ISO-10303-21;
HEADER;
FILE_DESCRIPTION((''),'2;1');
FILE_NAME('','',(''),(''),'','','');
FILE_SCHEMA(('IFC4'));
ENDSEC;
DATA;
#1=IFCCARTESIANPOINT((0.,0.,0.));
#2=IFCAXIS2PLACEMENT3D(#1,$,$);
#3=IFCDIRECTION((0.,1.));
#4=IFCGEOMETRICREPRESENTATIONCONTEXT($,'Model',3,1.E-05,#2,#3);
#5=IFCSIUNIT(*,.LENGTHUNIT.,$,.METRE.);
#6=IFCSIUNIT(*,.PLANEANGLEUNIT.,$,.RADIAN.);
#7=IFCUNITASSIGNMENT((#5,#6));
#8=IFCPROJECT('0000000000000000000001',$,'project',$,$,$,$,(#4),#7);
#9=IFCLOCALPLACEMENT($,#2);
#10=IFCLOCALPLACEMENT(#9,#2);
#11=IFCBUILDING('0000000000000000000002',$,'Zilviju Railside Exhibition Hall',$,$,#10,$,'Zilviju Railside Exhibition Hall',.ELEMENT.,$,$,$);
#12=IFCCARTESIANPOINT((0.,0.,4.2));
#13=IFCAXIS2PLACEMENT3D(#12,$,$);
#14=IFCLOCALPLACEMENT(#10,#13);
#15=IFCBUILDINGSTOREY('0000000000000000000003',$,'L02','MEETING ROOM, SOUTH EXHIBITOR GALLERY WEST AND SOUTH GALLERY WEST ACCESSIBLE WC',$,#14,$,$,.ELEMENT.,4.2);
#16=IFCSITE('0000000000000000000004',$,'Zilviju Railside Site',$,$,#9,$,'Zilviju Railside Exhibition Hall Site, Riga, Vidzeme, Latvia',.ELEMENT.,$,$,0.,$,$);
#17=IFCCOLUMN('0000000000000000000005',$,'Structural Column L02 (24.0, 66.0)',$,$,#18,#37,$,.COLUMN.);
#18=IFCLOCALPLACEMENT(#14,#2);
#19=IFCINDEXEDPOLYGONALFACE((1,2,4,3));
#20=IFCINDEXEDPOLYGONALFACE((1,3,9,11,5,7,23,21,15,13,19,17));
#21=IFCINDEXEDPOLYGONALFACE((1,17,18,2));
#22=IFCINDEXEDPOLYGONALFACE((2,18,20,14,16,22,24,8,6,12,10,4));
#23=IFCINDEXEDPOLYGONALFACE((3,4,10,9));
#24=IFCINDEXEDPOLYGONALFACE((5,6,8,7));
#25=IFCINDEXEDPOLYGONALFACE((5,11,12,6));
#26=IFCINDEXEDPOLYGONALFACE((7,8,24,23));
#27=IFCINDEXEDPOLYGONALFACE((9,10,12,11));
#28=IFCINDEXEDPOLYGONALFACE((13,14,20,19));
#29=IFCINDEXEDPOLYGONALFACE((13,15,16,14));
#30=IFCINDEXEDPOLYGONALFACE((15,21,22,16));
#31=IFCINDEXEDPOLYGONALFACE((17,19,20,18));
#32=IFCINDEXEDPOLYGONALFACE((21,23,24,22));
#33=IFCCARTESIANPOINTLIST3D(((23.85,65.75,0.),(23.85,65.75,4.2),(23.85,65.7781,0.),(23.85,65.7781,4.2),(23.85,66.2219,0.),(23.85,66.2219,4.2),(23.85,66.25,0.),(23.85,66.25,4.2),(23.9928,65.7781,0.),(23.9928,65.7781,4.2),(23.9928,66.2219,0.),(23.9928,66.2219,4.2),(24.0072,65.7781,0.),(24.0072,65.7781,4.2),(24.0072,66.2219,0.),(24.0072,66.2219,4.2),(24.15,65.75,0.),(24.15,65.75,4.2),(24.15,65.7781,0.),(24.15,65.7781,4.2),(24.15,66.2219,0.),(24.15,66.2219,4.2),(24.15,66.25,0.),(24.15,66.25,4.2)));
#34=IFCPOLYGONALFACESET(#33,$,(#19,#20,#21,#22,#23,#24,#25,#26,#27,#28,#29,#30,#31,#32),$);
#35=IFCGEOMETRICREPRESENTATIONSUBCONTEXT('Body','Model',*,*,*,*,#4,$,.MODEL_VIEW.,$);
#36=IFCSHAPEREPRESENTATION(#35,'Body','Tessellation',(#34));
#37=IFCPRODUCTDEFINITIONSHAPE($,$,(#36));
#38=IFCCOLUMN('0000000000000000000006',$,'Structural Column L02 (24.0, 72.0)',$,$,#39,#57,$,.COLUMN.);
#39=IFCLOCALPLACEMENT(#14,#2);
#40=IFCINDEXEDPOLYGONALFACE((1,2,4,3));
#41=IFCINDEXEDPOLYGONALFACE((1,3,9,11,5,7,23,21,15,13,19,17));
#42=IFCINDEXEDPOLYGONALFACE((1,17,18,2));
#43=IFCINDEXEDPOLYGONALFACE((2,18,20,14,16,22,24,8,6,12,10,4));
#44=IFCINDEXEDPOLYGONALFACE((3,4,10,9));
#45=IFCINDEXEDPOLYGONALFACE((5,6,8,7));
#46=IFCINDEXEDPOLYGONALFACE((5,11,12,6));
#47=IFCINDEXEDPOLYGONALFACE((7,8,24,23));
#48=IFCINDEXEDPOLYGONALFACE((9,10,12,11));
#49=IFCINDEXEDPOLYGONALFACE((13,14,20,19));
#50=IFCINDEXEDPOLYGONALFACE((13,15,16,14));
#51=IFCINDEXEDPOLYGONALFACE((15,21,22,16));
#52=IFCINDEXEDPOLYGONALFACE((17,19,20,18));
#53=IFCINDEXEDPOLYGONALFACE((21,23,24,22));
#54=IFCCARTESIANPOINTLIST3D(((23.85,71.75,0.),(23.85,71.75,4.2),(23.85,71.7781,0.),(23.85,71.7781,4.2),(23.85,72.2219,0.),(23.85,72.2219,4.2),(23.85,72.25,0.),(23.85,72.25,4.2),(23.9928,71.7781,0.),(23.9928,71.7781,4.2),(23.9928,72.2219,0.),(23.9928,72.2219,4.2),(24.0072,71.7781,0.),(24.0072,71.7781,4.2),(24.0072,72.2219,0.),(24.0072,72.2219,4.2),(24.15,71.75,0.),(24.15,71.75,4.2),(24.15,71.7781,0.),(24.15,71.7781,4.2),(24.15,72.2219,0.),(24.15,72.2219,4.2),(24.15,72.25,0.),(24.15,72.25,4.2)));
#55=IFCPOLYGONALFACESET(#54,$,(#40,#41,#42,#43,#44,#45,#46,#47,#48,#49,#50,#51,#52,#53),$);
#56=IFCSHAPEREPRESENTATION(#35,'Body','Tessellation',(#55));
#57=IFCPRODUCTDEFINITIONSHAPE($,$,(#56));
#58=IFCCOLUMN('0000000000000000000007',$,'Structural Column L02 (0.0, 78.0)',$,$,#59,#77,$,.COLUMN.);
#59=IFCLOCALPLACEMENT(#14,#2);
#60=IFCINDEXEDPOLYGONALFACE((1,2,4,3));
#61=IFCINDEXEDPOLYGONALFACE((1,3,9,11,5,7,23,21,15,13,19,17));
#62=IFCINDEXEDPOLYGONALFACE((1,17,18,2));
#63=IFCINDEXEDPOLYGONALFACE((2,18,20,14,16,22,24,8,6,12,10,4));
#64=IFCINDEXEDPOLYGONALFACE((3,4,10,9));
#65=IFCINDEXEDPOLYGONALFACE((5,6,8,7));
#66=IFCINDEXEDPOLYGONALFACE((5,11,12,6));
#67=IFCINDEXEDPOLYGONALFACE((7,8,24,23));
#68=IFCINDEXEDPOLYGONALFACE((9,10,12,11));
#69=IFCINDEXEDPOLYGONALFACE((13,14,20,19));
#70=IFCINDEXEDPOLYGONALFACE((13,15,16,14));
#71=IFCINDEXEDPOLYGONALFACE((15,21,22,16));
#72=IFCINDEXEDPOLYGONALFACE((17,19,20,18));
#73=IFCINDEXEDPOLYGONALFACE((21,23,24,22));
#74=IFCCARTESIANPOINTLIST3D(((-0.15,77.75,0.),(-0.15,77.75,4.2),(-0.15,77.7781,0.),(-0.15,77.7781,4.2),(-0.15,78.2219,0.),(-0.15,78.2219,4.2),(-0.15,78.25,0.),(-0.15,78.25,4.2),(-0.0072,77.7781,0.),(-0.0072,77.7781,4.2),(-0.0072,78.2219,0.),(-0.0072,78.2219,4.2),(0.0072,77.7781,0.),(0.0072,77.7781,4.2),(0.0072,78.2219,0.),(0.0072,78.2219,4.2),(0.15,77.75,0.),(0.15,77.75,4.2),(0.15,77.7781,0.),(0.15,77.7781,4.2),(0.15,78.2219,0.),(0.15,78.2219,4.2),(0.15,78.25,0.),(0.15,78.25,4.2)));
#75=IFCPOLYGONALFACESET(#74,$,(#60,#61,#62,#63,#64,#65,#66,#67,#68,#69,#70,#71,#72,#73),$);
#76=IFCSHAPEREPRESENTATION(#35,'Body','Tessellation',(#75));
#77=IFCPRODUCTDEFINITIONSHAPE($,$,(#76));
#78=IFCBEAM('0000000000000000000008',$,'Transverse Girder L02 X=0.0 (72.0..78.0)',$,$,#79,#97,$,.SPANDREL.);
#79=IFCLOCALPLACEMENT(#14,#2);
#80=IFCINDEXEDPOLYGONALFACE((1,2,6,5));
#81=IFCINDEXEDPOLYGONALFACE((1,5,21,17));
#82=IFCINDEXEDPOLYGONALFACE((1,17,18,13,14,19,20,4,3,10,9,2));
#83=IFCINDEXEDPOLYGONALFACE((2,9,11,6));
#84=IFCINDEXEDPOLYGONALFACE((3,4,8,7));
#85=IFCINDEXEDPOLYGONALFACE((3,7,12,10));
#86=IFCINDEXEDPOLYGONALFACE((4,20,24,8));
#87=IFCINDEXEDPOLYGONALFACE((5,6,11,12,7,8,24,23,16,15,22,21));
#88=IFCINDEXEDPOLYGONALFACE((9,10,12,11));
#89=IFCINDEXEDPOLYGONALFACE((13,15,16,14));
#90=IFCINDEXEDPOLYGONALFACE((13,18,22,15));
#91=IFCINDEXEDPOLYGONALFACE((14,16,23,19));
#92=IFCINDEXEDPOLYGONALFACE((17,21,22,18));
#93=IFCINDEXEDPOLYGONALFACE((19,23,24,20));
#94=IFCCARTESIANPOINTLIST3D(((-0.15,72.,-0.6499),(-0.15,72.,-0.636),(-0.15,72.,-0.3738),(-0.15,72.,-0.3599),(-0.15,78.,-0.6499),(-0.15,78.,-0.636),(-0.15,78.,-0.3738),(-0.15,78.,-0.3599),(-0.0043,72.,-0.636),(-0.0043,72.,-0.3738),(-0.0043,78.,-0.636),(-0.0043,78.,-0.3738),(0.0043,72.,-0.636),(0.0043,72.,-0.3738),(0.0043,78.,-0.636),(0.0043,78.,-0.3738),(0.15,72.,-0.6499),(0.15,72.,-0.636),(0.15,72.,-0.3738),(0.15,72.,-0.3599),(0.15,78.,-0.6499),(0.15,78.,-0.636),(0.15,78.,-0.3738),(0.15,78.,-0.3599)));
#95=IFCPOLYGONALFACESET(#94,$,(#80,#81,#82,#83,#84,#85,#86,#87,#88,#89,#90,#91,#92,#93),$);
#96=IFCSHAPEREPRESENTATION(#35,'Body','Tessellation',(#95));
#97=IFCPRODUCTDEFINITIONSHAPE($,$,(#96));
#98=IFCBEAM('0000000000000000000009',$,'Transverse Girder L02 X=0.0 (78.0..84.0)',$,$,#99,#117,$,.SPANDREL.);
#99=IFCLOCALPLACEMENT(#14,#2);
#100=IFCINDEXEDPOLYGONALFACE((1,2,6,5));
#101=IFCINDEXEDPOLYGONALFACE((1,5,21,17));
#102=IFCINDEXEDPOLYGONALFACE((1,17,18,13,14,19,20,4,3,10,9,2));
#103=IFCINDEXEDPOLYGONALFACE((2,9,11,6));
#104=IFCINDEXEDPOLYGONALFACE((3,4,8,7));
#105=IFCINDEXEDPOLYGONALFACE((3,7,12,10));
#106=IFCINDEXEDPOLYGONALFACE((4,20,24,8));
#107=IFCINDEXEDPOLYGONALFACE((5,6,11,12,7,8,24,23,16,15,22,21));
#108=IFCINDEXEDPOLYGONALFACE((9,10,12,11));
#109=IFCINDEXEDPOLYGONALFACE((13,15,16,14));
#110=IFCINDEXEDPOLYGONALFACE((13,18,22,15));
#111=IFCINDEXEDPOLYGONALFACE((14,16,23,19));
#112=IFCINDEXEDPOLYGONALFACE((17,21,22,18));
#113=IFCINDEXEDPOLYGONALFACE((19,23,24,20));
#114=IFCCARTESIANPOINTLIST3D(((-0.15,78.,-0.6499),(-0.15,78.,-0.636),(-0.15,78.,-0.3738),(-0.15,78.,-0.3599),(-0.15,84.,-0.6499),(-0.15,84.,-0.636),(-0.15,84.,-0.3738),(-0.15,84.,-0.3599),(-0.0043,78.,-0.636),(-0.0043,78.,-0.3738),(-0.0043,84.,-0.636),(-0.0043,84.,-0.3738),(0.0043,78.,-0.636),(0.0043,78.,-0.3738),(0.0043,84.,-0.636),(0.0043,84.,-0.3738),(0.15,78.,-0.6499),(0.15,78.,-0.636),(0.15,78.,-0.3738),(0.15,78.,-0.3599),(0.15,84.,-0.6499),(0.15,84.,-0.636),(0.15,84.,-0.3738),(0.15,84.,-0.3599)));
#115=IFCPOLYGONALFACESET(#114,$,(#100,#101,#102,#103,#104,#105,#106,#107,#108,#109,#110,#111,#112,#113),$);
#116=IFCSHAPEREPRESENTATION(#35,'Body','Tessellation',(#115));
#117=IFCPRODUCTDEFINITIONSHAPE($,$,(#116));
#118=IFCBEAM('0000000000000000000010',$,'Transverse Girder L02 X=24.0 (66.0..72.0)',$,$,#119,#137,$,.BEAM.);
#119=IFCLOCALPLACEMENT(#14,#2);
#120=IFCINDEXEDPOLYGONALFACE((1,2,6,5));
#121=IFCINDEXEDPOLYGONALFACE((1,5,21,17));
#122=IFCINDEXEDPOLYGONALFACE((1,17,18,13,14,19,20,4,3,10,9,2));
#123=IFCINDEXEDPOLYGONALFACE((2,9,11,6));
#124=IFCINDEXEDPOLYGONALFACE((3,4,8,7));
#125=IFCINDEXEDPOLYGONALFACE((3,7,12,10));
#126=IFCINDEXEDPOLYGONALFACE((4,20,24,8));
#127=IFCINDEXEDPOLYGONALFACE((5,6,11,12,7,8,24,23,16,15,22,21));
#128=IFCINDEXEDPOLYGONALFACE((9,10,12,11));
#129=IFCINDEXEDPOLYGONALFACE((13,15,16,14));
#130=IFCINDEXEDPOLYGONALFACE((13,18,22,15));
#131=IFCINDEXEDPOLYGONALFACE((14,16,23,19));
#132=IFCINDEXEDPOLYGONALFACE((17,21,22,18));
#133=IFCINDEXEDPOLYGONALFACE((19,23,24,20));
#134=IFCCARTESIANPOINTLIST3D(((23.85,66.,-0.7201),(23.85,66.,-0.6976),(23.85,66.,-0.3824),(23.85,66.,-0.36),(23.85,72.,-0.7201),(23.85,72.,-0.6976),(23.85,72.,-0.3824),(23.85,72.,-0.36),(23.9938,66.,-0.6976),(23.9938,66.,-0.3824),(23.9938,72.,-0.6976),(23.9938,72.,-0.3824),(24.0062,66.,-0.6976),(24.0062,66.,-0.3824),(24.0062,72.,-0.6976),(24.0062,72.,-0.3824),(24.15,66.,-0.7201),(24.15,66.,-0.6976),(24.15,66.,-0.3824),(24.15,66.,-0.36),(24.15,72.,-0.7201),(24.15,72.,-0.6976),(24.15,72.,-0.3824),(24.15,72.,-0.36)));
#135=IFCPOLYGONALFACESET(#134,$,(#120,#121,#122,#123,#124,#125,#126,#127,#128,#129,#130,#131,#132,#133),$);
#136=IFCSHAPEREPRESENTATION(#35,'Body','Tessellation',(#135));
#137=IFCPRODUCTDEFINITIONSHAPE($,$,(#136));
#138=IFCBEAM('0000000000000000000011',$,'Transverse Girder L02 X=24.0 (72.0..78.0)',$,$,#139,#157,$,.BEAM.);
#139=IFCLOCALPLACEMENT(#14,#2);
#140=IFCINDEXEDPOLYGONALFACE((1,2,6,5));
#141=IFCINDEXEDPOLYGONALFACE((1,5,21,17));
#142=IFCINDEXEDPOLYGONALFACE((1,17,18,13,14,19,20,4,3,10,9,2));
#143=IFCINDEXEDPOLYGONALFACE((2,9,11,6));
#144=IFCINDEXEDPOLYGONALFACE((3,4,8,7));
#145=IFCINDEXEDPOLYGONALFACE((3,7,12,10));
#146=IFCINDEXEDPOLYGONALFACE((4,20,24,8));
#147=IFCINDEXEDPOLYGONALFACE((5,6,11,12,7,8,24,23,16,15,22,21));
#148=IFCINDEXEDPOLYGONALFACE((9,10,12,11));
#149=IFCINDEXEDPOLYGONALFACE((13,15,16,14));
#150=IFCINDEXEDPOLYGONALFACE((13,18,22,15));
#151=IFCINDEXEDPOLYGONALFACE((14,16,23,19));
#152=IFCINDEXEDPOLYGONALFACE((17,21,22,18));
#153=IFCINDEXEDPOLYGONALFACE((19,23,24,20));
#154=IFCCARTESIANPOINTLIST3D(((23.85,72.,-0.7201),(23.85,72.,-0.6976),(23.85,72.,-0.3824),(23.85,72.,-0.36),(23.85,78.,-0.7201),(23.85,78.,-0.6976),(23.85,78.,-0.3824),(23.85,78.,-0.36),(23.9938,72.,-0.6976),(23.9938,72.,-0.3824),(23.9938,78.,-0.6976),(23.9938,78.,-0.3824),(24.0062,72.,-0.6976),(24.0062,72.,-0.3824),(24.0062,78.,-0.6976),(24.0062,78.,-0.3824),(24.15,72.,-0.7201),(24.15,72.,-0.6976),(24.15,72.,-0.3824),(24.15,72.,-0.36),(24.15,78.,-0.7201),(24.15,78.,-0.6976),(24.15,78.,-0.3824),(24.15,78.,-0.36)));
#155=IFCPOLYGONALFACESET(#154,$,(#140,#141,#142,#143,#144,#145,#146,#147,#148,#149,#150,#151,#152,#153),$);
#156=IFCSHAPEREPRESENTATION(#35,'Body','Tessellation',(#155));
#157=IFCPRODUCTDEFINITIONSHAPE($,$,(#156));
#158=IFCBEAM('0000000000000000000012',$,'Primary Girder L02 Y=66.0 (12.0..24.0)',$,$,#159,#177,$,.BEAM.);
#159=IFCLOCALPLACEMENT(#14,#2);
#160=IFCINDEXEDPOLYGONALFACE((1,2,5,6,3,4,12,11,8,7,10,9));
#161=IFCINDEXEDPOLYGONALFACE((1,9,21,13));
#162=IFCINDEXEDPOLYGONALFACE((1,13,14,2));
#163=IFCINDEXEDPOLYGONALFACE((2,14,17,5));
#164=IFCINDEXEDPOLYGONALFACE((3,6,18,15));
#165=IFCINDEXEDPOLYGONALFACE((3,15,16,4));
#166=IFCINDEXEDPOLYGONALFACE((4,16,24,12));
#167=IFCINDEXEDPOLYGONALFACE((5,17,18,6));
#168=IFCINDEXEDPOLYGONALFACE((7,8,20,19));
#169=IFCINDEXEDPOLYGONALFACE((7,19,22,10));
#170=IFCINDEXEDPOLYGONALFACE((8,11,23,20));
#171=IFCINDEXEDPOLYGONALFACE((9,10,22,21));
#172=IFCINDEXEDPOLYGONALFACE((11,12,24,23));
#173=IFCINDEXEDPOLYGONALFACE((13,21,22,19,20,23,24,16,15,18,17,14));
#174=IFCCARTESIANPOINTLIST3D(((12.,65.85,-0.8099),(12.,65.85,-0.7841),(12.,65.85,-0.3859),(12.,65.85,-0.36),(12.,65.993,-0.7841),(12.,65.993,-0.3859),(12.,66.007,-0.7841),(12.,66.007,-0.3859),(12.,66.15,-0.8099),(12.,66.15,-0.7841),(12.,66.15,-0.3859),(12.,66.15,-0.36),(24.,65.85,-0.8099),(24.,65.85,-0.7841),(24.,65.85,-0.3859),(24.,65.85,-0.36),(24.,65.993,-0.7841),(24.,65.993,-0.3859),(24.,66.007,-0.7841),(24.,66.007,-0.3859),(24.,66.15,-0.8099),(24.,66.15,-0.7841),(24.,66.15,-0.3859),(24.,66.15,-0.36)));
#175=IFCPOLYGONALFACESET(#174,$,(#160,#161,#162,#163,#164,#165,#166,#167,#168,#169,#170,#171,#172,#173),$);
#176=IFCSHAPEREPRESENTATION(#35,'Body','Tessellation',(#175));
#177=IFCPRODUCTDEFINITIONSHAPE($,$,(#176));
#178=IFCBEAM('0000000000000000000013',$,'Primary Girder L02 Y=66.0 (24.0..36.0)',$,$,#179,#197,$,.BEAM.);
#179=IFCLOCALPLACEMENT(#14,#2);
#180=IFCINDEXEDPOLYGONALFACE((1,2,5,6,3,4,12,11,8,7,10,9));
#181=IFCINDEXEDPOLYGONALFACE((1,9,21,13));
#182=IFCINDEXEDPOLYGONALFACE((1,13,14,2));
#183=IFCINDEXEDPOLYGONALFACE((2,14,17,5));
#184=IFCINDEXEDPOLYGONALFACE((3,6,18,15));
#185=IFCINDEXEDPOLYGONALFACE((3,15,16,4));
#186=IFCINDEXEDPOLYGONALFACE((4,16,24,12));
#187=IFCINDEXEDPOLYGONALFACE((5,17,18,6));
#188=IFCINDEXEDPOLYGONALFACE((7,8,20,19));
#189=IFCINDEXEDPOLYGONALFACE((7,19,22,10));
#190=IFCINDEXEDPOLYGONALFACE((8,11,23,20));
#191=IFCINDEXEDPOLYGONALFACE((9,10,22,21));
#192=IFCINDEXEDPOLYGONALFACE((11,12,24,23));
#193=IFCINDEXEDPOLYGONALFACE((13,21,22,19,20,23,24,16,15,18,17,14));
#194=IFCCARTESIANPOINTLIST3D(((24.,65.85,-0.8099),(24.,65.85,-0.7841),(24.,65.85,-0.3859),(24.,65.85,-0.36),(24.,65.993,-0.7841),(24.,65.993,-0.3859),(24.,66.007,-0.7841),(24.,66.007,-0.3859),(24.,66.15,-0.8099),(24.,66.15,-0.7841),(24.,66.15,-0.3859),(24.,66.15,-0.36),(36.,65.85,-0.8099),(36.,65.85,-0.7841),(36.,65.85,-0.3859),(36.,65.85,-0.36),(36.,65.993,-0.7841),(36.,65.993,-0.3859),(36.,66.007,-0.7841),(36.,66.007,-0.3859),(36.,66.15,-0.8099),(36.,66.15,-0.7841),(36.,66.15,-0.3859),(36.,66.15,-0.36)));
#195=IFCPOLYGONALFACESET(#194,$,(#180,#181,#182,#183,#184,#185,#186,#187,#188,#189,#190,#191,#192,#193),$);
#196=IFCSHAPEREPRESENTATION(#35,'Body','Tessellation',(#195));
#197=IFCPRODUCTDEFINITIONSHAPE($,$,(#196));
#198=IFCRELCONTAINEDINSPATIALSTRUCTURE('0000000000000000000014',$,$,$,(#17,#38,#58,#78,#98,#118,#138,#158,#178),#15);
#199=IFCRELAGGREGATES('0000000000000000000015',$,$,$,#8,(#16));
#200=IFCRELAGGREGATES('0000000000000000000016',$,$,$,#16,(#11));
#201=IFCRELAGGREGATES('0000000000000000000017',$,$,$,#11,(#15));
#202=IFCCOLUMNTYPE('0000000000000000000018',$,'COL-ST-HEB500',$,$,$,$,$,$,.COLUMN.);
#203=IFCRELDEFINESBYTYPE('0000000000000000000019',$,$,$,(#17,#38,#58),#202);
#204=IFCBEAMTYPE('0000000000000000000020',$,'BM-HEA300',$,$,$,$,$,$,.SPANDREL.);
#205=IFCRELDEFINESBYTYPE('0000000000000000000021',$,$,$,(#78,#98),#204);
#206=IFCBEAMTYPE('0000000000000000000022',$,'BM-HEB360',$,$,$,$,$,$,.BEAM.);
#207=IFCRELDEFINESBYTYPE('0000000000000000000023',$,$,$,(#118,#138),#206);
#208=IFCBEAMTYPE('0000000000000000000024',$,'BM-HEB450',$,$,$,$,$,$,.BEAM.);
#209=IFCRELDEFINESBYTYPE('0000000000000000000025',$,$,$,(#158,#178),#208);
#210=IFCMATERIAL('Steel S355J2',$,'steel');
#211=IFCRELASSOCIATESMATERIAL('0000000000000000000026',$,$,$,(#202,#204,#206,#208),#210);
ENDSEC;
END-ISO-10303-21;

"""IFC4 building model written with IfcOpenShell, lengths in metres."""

from ifc_helpers import new_model, si_unit, direction, frame, origin, origin_2d, place, context, subcontext, project, spatial, i_section, extrude, material, material_profile, profile_set, type_object, element, save


model = new_model("IFC4")

# Units and contexts
model_context = context("Model", 3, precision=1e-05, world=origin(), true_north=direction((0.0, 1.0)))
body_context = subcontext(model_context, "Body", "Model", "MODEL_VIEW")
ifc_project = project(units=[si_unit("LENGTHUNIT", "METRE"), si_unit("PLANEANGLEUNIT", "RADIAN")], contexts=[model_context])

# Site, building, storey
site_placement = place(None, origin())
site = spatial("IfcSite", under=ifc_project, at=site_placement, Name="Zilviju Railside Site", LongName="Zilviju Railside Exhibition Hall Site, Riga, Vidzeme, Latvia", CompositionType="ELEMENT", RefElevation=0.0)
building_placement = place(site_placement, origin())
building = spatial("IfcBuilding", under=site, at=building_placement, Name="Zilviju Railside Exhibition Hall", LongName="Zilviju Railside Exhibition Hall", CompositionType="ELEMENT")
storey_placement = place(building_placement, frame((0.0, 0.0, 4.2)))
storey = spatial("IfcBuildingStorey", under=building, at=storey_placement, Name="L02", Description="MEETING ROOM, SOUTH EXHIBITOR GALLERY WEST AND SOUTH GALLERY WEST ACCESSIBLE WC", CompositionType="ELEMENT", Elevation=4.2)

# Columns
ifc_material_1 = material(Name="Steel S355J2", Category="steel")
ifc_material_profile_1 = material_profile(ifc_material_1, i_section(OverallWidth=0.3, OverallDepth=0.5, WebThickness=0.0144, FlangeThickness=0.0281, at=origin_2d()), Name="HEB 500")
ifc_profile_set_1 = profile_set([ifc_material_profile_1], Name="Steel S355J2")
column_type = type_object("IfcColumnType", Name="COL-ST-HEB500", PredefinedType="COLUMN", material=ifc_profile_set_1)
for number, where, z_axis, x_axis, name in (
    (1, (24.0, 66.0, 0.0), (0.0, 0.0, 1.0), (1.0, 0.0, 0.0), "Structural Column L02 (24.0, 66.0)"),
    (2, (24.0, 72.0, 0.0), (0.0, 0.0, 1.0), (1.0, 0.0, 0.0), "Structural Column L02 (24.0, 72.0)"),
    (3, (0.0, 78.0, 0.0), (0.0, 0.0, 1.0), (1.0, 0.0, 0.0), "Structural Column L02 (0.0, 78.0)"),
):
    element("IfcColumn", number, at=place(storey_placement, frame(where, z_axis=z_axis, x_axis=x_axis)), inside=storey, type_object=column_type, Name=name, PredefinedType="COLUMN", context=body_context, shape_type="SweptSolid", body=[
        extrude(i_section(OverallWidth=0.3, OverallDepth=0.5, WebThickness=0.0144, FlangeThickness=0.0281, at=origin_2d()), origin(), (0.0, 0.0, 1.0), 4.2),
    ])

# Beams
ifc_material_profile_2 = material_profile(ifc_material_1, i_section(OverallWidth=0.3, OverallDepth=0.29, WebThickness=0.0085, FlangeThickness=0.0139, at=origin_2d()), Name="HEA 300")
ifc_profile_set_2 = profile_set([ifc_material_profile_2], Name="Steel S355J2")
beam_type_1 = type_object("IfcBeamType", Name="BM-HEA300", PredefinedType="SPANDREL", material=ifc_profile_set_2)
for number, where, z_axis, x_axis, name in (
    (4, (0.0, 72.0, -0.5049), (0.0, 1.0, 0.0), (-1.0, 0.0, 0.0), "Transverse Girder L02 X=0.0 (72.0..78.0)"),
    (5, (0.0, 78.0, -0.5049), (0.0, 1.0, 0.0), (-1.0, 0.0, 0.0), "Transverse Girder L02 X=0.0 (78.0..84.0)"),
):
    element("IfcBeam", number, at=place(storey_placement, frame(where, z_axis=z_axis, x_axis=x_axis)), inside=storey, type_object=beam_type_1, Name=name, PredefinedType="SPANDREL", context=body_context, shape_type="SweptSolid", body=[
        extrude(i_section(OverallWidth=0.3, OverallDepth=0.29, WebThickness=0.0085, FlangeThickness=0.0139, at=origin_2d()), origin(), (0.0, 0.0, 1.0), 6.0),
    ])
ifc_material_profile_3 = material_profile(ifc_material_1, i_section(OverallWidth=0.3, OverallDepth=0.3601, WebThickness=0.0125, FlangeThickness=0.0225, at=origin_2d()), Name="HEB 360")
ifc_profile_set_3 = profile_set([ifc_material_profile_3], Name="Steel S355J2")
beam_type_2 = type_object("IfcBeamType", Name="BM-HEB360", PredefinedType="BEAM", material=ifc_profile_set_3)
for number, where, z_axis, x_axis, name in (
    (6, (24.0, 66.0, -0.54), (0.0, 1.0, 0.0), (-1.0, 0.0, 0.0), "Transverse Girder L02 X=24.0 (66.0..72.0)"),
    (7, (24.0, 72.0, -0.54), (0.0, 1.0, 0.0), (-1.0, 0.0, 0.0), "Transverse Girder L02 X=24.0 (72.0..78.0)"),
):
    element("IfcBeam", number, at=place(storey_placement, frame(where, z_axis=z_axis, x_axis=x_axis)), inside=storey, type_object=beam_type_2, Name=name, PredefinedType="BEAM", context=body_context, shape_type="SweptSolid", body=[
        extrude(i_section(OverallWidth=0.3, OverallDepth=0.3601, WebThickness=0.0125, FlangeThickness=0.0225, at=origin_2d()), origin(), (0.0, 0.0, 1.0), 6.0),
    ])
ifc_material_profile_4 = material_profile(ifc_material_1, i_section(OverallWidth=0.3, OverallDepth=0.45, WebThickness=0.0139, FlangeThickness=0.0259, at=origin_2d()), Name="HEB 450")
ifc_profile_set_4 = profile_set([ifc_material_profile_4], Name="Steel S355J2")
beam_type_3 = type_object("IfcBeamType", Name="BM-HEB450", PredefinedType="BEAM", material=ifc_profile_set_4)
for number, where, z_axis, x_axis, name in (
    (8, (12.0, 66.0, -0.585), (1.0, 0.0, 0.0), (0.0, 1.0, 0.0), "Primary Girder L02 Y=66.0 (12.0..24.0)"),
    (9, (24.0, 66.0, -0.585), (1.0, 0.0, 0.0), (0.0, 1.0, 0.0), "Primary Girder L02 Y=66.0 (24.0..36.0)"),
):
    element("IfcBeam", number, at=place(storey_placement, frame(where, z_axis=z_axis, x_axis=x_axis)), inside=storey, type_object=beam_type_3, Name=name, PredefinedType="BEAM", context=body_context, shape_type="SweptSolid", body=[
        extrude(i_section(OverallWidth=0.3, OverallDepth=0.45, WebThickness=0.0139, FlangeThickness=0.0259, at=origin_2d()), origin(), (0.0, 0.0, 1.0), 12.0),
    ])

save(model, "model.ifc")
